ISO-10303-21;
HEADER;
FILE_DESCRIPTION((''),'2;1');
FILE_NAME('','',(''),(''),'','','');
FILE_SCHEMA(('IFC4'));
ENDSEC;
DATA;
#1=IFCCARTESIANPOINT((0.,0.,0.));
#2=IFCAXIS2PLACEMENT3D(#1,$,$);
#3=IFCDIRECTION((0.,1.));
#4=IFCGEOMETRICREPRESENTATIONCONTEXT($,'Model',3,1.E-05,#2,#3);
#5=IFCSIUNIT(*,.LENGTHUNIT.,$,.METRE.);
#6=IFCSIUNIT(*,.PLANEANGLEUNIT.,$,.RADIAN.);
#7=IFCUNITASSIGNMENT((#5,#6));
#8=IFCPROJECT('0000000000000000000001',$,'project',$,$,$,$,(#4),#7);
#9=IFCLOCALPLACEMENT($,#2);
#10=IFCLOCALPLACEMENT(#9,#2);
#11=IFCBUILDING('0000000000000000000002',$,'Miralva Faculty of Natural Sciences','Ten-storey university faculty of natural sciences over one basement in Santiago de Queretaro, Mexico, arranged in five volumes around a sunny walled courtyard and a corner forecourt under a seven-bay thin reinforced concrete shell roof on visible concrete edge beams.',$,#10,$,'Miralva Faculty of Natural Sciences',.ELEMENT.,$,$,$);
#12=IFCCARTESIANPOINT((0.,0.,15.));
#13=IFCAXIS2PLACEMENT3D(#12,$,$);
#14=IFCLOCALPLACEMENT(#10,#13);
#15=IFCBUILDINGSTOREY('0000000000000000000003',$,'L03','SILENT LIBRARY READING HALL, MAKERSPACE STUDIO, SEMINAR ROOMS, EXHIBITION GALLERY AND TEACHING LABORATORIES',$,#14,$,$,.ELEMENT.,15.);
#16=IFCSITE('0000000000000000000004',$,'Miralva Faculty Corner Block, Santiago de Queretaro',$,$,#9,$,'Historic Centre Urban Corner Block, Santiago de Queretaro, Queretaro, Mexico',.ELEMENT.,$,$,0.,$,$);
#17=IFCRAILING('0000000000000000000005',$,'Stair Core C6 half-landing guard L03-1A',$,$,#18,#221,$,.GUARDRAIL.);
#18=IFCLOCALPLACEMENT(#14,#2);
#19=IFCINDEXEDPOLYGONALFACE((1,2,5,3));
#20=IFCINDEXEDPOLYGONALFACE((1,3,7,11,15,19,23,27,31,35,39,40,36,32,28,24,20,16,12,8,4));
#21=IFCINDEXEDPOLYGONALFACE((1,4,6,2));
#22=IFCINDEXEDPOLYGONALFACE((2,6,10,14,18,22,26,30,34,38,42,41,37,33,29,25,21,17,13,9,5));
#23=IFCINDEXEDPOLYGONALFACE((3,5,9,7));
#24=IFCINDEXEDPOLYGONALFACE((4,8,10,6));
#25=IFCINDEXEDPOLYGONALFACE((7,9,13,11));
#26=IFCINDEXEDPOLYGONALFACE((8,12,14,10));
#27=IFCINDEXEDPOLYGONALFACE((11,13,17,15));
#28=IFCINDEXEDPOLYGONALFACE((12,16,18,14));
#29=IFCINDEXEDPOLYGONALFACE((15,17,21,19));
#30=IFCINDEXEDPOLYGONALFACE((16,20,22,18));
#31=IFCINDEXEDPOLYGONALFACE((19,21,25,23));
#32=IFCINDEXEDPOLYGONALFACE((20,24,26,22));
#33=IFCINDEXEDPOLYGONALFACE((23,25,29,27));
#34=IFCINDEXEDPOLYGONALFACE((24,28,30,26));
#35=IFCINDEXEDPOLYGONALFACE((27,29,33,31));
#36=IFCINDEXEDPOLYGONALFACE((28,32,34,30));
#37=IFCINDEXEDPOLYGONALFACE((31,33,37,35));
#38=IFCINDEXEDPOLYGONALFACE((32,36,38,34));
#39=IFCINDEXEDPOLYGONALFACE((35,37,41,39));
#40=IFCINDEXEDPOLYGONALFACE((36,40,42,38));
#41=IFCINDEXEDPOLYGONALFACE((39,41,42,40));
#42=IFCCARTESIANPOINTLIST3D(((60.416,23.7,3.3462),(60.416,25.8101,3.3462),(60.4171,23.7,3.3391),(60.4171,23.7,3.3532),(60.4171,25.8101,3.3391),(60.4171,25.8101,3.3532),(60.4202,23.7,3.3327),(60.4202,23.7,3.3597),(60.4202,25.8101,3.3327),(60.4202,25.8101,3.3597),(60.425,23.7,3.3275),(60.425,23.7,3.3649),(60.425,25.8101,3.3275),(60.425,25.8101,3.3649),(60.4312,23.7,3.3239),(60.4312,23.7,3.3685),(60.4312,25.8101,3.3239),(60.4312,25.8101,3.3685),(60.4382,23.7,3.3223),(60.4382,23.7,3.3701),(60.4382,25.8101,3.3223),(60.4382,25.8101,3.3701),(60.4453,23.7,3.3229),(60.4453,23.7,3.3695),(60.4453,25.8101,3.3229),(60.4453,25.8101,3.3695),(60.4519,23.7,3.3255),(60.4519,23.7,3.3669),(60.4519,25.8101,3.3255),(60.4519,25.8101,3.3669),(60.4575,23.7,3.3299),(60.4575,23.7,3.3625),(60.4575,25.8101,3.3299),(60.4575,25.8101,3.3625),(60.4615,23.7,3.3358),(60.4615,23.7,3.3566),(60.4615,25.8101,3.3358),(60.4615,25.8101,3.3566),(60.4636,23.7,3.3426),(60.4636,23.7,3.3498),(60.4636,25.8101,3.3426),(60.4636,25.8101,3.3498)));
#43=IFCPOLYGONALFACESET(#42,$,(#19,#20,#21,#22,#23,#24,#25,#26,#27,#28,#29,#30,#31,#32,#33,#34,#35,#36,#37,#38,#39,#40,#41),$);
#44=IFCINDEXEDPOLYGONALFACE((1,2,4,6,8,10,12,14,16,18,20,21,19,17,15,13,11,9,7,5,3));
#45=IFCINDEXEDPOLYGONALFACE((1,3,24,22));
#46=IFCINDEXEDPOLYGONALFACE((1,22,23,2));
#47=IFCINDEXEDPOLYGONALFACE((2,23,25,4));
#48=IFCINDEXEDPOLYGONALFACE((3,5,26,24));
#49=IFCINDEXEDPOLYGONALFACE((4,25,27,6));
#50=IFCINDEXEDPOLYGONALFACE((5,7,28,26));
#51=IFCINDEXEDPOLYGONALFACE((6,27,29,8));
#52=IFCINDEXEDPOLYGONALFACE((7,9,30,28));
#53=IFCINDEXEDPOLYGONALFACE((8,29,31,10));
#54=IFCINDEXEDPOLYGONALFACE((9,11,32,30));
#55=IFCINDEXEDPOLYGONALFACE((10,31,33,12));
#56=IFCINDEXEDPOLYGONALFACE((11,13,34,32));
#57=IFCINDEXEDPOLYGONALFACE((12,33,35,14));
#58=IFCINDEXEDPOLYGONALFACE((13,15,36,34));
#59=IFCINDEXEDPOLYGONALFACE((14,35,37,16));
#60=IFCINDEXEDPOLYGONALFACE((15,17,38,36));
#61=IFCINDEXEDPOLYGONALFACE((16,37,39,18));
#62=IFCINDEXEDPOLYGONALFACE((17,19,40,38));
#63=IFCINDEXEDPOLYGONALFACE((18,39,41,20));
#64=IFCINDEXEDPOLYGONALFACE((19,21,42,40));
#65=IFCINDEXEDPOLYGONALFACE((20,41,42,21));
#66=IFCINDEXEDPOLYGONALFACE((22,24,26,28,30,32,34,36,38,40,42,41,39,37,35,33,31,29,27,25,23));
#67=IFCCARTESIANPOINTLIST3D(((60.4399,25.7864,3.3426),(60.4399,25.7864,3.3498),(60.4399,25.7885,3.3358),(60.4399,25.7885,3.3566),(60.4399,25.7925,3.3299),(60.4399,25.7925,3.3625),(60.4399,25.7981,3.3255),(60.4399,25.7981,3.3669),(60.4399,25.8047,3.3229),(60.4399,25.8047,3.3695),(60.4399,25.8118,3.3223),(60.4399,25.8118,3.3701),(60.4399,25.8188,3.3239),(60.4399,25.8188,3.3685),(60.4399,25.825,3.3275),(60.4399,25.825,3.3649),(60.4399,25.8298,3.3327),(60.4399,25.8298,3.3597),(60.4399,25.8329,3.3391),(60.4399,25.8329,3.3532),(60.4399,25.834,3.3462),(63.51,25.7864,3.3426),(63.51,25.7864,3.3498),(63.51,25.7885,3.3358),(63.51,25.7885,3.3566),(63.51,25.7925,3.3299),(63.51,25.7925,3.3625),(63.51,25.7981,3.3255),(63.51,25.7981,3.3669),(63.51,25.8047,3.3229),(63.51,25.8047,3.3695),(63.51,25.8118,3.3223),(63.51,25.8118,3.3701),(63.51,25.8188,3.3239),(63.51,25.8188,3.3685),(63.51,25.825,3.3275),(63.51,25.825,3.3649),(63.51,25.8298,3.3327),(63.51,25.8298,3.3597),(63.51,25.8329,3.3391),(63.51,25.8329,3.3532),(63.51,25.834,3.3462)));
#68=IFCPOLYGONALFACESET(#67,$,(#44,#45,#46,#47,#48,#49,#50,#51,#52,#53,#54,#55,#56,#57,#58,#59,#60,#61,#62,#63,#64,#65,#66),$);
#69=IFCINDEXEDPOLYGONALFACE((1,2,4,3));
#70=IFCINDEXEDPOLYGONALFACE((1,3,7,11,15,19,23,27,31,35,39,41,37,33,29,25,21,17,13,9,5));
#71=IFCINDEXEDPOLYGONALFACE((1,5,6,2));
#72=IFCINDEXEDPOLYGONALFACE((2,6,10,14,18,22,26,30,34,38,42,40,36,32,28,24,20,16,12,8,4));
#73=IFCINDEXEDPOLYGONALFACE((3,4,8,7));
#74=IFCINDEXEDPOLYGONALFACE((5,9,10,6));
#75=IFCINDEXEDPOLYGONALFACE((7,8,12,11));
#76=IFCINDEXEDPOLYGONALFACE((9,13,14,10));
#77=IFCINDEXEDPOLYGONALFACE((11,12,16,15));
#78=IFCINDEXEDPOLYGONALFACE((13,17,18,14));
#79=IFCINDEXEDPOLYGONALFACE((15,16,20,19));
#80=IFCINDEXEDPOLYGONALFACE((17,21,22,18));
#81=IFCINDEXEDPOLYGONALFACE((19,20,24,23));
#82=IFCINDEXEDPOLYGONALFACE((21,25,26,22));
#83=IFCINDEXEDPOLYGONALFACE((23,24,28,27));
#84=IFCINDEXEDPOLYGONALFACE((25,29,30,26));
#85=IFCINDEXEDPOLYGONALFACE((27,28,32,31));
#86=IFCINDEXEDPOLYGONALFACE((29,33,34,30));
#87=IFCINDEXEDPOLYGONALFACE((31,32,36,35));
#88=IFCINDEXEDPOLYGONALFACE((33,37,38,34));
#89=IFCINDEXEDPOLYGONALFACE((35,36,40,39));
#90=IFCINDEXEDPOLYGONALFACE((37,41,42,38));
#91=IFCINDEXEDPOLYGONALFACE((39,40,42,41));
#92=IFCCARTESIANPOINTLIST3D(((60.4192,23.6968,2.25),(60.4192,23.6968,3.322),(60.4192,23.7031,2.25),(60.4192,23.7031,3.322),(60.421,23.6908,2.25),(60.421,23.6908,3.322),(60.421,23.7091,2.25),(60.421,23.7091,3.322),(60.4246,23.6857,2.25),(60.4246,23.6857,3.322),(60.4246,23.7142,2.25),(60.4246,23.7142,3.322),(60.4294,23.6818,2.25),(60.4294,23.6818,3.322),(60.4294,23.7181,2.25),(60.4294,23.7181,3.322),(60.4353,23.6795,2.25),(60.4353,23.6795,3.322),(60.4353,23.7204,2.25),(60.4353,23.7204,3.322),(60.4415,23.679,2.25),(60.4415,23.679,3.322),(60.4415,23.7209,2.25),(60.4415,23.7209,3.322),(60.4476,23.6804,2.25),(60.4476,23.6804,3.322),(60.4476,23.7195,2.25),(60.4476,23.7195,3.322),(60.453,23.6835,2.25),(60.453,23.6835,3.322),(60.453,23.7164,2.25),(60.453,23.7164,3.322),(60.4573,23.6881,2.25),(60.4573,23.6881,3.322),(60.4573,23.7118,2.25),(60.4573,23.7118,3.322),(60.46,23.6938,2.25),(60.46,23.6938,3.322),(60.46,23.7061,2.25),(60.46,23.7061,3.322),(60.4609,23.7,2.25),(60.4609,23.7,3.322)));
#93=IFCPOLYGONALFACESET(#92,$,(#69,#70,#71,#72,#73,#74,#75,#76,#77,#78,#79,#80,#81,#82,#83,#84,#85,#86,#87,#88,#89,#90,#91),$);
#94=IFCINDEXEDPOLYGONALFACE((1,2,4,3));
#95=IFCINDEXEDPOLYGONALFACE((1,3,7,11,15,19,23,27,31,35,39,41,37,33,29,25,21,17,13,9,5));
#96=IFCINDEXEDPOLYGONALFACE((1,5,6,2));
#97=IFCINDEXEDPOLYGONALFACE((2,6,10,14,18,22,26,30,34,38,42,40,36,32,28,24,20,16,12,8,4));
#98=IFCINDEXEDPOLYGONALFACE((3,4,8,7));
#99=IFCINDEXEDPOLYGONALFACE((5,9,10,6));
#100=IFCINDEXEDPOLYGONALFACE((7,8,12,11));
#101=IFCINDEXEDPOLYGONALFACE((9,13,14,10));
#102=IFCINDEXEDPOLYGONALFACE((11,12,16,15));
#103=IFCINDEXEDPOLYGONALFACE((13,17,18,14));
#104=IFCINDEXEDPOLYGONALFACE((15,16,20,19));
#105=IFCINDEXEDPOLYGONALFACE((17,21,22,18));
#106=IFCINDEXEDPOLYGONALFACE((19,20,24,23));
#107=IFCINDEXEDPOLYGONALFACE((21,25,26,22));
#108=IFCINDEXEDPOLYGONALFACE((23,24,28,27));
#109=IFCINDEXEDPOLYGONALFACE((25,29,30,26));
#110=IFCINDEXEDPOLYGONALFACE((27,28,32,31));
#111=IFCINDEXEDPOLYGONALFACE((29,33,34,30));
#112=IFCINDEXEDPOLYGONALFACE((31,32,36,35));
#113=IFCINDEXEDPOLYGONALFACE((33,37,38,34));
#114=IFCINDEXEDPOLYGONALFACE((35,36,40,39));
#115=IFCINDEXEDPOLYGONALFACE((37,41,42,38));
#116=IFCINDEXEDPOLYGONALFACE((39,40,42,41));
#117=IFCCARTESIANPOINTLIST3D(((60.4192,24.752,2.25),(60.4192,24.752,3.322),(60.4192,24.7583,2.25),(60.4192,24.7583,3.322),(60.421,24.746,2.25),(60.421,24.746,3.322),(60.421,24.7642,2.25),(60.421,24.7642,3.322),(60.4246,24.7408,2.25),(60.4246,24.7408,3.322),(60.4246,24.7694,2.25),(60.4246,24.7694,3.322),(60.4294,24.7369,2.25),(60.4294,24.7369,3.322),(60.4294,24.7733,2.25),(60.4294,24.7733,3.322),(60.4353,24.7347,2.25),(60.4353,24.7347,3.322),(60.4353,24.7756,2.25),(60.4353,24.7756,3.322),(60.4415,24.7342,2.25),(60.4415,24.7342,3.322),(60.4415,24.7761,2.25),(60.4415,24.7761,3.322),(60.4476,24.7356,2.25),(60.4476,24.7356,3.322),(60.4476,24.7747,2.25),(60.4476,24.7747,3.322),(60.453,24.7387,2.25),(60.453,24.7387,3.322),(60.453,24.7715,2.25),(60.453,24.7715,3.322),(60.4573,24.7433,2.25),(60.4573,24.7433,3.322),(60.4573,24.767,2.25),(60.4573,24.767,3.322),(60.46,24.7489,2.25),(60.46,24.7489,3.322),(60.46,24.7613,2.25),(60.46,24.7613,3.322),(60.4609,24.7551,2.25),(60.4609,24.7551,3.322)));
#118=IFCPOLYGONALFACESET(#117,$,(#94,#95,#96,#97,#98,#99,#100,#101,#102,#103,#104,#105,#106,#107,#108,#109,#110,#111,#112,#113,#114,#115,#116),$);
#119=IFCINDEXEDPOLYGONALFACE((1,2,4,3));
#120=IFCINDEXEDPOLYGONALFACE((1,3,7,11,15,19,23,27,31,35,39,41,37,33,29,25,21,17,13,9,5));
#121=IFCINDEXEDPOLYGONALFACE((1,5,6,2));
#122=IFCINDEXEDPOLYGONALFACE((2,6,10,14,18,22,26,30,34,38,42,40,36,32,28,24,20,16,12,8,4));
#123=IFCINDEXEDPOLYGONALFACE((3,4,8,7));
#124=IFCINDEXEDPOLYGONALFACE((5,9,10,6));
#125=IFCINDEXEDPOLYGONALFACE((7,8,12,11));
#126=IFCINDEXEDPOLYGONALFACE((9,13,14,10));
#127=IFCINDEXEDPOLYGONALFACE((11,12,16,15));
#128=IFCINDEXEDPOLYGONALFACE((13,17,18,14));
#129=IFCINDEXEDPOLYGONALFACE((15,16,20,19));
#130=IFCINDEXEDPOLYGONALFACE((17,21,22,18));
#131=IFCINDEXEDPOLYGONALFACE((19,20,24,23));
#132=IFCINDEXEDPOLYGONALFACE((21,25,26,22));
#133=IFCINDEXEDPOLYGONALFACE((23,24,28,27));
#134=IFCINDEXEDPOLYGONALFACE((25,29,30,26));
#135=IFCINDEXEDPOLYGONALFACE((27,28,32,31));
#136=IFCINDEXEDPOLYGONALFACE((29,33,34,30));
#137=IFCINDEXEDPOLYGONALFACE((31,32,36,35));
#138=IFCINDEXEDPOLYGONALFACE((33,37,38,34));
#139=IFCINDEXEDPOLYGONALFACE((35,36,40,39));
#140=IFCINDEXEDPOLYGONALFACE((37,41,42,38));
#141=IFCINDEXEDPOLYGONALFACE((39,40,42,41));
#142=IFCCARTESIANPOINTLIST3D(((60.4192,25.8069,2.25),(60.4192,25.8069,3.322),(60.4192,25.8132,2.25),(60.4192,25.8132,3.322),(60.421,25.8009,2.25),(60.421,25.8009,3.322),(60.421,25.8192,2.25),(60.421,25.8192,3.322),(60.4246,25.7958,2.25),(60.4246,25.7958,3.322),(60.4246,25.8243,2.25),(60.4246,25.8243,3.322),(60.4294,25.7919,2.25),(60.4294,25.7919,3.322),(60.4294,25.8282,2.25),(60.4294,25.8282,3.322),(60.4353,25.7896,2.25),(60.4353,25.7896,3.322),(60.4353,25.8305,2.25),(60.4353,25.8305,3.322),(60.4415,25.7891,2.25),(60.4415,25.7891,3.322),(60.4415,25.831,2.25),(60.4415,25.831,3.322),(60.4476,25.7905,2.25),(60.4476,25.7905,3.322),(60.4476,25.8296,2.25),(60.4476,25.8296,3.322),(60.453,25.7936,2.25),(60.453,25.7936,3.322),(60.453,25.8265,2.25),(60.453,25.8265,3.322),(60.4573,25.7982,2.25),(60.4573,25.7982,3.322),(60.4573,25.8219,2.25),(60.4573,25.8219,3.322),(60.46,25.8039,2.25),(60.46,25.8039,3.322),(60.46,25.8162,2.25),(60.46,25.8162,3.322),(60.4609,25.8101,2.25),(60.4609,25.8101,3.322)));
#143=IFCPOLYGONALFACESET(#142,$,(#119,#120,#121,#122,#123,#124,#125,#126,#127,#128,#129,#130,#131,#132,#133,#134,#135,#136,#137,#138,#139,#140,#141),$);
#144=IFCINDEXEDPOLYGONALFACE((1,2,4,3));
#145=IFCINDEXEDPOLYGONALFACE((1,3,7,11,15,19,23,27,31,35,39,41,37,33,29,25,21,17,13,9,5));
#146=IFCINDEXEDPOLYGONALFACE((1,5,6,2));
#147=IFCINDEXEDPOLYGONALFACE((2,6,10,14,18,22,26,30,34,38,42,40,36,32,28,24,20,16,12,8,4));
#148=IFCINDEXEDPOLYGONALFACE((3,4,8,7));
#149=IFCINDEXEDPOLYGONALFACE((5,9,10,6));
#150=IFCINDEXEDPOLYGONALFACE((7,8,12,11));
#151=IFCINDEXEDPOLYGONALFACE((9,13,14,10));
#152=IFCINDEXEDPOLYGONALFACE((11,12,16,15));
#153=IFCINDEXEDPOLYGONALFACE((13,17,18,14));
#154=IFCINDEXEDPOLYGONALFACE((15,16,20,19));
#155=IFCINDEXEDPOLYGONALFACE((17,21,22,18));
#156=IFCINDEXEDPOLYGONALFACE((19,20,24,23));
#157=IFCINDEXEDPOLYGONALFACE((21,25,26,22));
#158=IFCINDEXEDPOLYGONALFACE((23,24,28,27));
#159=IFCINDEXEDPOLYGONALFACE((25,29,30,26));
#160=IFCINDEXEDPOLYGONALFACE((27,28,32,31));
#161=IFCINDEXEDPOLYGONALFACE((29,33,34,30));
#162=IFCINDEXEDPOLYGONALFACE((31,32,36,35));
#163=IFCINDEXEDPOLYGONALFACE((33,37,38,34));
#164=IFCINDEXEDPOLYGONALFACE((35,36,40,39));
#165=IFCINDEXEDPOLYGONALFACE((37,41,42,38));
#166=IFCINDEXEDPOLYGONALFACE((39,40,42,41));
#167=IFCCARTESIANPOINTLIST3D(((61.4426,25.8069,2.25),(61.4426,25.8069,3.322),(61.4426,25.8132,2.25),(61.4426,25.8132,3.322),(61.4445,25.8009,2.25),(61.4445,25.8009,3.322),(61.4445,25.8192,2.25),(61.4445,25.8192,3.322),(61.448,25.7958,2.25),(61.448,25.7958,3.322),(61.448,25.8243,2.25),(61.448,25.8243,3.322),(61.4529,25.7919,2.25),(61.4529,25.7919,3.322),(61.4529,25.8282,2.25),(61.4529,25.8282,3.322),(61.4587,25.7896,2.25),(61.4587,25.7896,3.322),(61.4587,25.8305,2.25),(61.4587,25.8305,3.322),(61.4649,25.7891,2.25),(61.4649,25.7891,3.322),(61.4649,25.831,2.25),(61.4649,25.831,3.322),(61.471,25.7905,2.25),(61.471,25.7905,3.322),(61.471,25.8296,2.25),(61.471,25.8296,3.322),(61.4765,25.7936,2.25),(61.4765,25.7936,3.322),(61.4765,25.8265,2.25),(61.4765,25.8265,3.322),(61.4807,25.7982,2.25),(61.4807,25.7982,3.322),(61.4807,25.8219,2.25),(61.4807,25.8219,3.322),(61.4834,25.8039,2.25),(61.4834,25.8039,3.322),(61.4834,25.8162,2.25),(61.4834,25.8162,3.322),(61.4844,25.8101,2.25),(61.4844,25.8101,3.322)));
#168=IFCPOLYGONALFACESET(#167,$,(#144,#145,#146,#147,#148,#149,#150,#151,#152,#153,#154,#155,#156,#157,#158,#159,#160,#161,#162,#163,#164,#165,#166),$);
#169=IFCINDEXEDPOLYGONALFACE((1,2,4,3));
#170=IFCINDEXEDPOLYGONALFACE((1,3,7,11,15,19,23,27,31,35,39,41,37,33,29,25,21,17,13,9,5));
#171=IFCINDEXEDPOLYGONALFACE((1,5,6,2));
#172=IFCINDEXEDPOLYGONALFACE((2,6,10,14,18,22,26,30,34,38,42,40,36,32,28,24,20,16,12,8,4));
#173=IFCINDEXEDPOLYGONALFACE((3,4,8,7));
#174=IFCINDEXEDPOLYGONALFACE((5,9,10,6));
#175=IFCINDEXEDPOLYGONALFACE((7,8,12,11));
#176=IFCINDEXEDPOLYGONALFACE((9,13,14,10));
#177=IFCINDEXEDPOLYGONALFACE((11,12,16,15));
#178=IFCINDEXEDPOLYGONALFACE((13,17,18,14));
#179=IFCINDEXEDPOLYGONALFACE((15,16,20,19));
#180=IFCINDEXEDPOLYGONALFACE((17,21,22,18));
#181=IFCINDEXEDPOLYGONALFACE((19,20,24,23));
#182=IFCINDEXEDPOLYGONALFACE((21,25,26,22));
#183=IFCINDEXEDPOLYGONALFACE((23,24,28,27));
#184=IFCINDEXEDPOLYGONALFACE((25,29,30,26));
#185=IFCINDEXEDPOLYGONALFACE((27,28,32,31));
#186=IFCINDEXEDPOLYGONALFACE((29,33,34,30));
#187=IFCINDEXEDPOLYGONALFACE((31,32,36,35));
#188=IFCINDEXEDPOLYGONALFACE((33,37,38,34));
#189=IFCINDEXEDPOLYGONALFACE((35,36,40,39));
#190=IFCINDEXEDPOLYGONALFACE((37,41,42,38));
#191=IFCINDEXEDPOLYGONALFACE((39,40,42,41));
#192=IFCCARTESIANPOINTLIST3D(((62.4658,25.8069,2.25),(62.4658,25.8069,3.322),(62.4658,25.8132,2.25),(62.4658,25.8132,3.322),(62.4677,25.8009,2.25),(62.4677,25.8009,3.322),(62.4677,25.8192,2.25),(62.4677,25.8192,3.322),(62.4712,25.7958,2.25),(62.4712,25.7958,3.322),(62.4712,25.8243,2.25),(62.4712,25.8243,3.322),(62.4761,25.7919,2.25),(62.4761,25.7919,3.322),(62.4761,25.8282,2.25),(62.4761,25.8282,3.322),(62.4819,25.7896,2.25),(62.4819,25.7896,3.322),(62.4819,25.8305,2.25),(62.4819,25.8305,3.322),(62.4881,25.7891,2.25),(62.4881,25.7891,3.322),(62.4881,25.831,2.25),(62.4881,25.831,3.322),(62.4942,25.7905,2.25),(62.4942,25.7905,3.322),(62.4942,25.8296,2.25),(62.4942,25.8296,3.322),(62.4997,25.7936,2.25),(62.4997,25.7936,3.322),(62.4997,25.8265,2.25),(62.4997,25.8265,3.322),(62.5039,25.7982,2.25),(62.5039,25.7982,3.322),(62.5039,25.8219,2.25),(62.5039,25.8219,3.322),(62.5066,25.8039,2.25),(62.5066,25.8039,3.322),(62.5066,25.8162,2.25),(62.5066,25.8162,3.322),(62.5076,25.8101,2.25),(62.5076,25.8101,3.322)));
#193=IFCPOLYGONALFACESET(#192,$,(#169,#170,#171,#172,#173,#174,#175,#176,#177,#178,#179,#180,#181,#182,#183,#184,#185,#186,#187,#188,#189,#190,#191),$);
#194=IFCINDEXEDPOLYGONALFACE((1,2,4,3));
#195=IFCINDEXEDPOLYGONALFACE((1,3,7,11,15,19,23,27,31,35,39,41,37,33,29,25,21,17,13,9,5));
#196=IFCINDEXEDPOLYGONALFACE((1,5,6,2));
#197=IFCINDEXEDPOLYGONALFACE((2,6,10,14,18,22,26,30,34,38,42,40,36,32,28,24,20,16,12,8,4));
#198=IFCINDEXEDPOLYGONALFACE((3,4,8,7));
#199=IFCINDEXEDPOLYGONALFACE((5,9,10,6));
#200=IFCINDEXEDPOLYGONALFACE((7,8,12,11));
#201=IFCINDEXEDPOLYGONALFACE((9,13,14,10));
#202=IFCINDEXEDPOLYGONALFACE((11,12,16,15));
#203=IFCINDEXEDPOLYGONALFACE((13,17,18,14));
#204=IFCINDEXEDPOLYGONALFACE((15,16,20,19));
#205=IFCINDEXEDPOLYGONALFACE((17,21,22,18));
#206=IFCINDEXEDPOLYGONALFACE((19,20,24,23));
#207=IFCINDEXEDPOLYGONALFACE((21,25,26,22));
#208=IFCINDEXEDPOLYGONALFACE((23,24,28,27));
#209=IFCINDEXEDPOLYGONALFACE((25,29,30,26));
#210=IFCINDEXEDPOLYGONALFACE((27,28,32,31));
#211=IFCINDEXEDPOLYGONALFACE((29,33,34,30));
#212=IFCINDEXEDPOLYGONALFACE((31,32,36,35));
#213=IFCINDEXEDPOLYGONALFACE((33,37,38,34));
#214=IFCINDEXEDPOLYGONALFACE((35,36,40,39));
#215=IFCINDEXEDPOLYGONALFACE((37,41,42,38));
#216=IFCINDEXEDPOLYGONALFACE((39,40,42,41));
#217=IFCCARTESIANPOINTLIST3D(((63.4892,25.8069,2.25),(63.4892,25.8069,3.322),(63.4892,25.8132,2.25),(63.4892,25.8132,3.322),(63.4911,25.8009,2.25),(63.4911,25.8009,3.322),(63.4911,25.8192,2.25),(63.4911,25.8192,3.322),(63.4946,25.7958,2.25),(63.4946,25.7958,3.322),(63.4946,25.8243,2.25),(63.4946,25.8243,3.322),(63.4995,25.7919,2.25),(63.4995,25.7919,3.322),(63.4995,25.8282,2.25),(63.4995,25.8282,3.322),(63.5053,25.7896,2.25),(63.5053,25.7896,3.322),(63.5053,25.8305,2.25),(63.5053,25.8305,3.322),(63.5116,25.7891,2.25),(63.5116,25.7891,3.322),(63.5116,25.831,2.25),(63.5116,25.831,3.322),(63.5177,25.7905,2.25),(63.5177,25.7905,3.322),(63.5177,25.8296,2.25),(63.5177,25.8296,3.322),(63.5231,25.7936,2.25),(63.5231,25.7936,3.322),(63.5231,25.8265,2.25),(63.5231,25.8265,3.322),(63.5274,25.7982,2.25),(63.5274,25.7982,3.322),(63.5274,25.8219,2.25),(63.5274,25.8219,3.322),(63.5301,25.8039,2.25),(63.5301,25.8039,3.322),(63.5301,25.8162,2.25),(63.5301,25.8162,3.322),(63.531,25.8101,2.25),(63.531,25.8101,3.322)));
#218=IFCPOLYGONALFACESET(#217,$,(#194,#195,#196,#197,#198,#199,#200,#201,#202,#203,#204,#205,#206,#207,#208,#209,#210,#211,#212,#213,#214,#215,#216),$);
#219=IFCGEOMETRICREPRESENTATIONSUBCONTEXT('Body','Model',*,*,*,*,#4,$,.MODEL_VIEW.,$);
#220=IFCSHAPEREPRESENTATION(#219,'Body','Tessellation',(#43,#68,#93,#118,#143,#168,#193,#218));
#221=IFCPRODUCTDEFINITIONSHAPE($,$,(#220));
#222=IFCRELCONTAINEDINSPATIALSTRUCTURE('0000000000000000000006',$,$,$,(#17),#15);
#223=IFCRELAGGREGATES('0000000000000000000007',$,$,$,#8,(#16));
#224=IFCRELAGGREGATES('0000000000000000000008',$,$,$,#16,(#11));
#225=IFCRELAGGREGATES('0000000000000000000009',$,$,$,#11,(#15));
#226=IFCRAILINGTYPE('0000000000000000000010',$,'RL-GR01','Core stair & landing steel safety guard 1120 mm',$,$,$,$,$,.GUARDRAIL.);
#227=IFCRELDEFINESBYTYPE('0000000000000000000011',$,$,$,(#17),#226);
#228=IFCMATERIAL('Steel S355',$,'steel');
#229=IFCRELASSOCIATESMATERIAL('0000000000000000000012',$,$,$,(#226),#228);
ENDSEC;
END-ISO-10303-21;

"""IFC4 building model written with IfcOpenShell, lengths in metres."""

from ifc_helpers import new_model, si_unit, direction, frame, origin, origin_2d, place, context, subcontext, project, spatial, circle, extrude, material, type_object, element, save


model = new_model("IFC4")

# Units and contexts
model_context = context("Model", 3, precision=1e-05, world=origin(), true_north=direction((0.0, 1.0)))
body_context = subcontext(model_context, "Body", "Model", "MODEL_VIEW")
ifc_project = project(units=[si_unit("LENGTHUNIT", "METRE"), si_unit("PLANEANGLEUNIT", "RADIAN")], contexts=[model_context])

# Site, building, storey
site_placement = place(None, origin())
site = spatial("IfcSite", under=ifc_project, at=site_placement, Name="Miralva Faculty Corner Block, Santiago de Queretaro", LongName="Historic Centre Urban Corner Block, Santiago de Queretaro, Queretaro, Mexico", CompositionType="ELEMENT", RefElevation=0.0)
building_placement = place(site_placement, origin())
building = spatial("IfcBuilding", under=site, at=building_placement, Name="Miralva Faculty of Natural Sciences", Description="Ten-storey university faculty of natural sciences over one basement in Santiago de Queretaro, Mexico, arranged in five volumes around a sunny walled courtyard and a corner forecourt under a seven-bay thin reinforced concrete shell roof on visible concrete edge beams.", LongName="Miralva Faculty of Natural Sciences", CompositionType="ELEMENT")
storey_placement = place(building_placement, frame((0.0, 0.0, 15.0)))
storey = spatial("IfcBuildingStorey", under=building, at=storey_placement, Name="L03", Description="SILENT LIBRARY READING HALL, MAKERSPACE STUDIO, SEMINAR ROOMS, EXHIBITION GALLERY AND TEACHING LABORATORIES", CompositionType="ELEMENT", Elevation=15.0)

# Railing
ifc_material_1 = material(Name="Steel S355", Category="steel")
railing_type_1 = type_object("IfcRailingType", Name="RL-GR01", Description="Core stair & landing steel safety guard 1120 mm", PredefinedType="GUARDRAIL", material=ifc_material_1)
railing_1_placement = place(storey_placement, frame((60.4399, 23.7, 2.25)))
element("IfcRailing", 1, at=railing_1_placement, inside=storey, type_object=railing_type_1, Name="Stair Core C6 half-landing guard L03-1A", PredefinedType="GUARDRAIL", context=body_context, shape_type="SweptSolid", body=[
    extrude(circle(Radius=0.0239, at=origin_2d()), frame((0.0, 0.0, 1.0962), z_axis=(0.0, 1.0, 0.0), x_axis=(-1.0, 0.0, 0.0)), (0.0, 0.0, 1.0), 2.1101),
    extrude(circle(Radius=0.0239, at=origin_2d()), frame((0.0, 2.1101, 1.0962), z_axis=(1.0, 0.0, 0.0), x_axis=(0.0, 1.0, 0.0)), (0.0, 0.0, 1.0), 3.0701),
    extrude(circle(Radius=0.021, at=origin_2d()), origin(), (0.0, 0.0, 1.0), 1.072),
    extrude(circle(Radius=0.021, at=origin_2d()), frame((0.0, 1.0552, 0.0)), (0.0, 0.0, 1.0), 1.072),
    extrude(circle(Radius=0.021, at=origin_2d()), frame((0.0, 2.1101, 0.0)), (0.0, 0.0, 1.0), 1.072),
    extrude(circle(Radius=0.021, at=origin_2d()), frame((1.0234, 2.1101, 0.0)), (0.0, 0.0, 1.0), 1.072),
    extrude(circle(Radius=0.021, at=origin_2d()), frame((2.0466, 2.1101, 0.0)), (0.0, 0.0, 1.0), 1.072),
    extrude(circle(Radius=0.021, at=origin_2d()), frame((3.0701, 2.1101, 0.0)), (0.0, 0.0, 1.0), 1.072),
])

save(model, "model.ifc")
